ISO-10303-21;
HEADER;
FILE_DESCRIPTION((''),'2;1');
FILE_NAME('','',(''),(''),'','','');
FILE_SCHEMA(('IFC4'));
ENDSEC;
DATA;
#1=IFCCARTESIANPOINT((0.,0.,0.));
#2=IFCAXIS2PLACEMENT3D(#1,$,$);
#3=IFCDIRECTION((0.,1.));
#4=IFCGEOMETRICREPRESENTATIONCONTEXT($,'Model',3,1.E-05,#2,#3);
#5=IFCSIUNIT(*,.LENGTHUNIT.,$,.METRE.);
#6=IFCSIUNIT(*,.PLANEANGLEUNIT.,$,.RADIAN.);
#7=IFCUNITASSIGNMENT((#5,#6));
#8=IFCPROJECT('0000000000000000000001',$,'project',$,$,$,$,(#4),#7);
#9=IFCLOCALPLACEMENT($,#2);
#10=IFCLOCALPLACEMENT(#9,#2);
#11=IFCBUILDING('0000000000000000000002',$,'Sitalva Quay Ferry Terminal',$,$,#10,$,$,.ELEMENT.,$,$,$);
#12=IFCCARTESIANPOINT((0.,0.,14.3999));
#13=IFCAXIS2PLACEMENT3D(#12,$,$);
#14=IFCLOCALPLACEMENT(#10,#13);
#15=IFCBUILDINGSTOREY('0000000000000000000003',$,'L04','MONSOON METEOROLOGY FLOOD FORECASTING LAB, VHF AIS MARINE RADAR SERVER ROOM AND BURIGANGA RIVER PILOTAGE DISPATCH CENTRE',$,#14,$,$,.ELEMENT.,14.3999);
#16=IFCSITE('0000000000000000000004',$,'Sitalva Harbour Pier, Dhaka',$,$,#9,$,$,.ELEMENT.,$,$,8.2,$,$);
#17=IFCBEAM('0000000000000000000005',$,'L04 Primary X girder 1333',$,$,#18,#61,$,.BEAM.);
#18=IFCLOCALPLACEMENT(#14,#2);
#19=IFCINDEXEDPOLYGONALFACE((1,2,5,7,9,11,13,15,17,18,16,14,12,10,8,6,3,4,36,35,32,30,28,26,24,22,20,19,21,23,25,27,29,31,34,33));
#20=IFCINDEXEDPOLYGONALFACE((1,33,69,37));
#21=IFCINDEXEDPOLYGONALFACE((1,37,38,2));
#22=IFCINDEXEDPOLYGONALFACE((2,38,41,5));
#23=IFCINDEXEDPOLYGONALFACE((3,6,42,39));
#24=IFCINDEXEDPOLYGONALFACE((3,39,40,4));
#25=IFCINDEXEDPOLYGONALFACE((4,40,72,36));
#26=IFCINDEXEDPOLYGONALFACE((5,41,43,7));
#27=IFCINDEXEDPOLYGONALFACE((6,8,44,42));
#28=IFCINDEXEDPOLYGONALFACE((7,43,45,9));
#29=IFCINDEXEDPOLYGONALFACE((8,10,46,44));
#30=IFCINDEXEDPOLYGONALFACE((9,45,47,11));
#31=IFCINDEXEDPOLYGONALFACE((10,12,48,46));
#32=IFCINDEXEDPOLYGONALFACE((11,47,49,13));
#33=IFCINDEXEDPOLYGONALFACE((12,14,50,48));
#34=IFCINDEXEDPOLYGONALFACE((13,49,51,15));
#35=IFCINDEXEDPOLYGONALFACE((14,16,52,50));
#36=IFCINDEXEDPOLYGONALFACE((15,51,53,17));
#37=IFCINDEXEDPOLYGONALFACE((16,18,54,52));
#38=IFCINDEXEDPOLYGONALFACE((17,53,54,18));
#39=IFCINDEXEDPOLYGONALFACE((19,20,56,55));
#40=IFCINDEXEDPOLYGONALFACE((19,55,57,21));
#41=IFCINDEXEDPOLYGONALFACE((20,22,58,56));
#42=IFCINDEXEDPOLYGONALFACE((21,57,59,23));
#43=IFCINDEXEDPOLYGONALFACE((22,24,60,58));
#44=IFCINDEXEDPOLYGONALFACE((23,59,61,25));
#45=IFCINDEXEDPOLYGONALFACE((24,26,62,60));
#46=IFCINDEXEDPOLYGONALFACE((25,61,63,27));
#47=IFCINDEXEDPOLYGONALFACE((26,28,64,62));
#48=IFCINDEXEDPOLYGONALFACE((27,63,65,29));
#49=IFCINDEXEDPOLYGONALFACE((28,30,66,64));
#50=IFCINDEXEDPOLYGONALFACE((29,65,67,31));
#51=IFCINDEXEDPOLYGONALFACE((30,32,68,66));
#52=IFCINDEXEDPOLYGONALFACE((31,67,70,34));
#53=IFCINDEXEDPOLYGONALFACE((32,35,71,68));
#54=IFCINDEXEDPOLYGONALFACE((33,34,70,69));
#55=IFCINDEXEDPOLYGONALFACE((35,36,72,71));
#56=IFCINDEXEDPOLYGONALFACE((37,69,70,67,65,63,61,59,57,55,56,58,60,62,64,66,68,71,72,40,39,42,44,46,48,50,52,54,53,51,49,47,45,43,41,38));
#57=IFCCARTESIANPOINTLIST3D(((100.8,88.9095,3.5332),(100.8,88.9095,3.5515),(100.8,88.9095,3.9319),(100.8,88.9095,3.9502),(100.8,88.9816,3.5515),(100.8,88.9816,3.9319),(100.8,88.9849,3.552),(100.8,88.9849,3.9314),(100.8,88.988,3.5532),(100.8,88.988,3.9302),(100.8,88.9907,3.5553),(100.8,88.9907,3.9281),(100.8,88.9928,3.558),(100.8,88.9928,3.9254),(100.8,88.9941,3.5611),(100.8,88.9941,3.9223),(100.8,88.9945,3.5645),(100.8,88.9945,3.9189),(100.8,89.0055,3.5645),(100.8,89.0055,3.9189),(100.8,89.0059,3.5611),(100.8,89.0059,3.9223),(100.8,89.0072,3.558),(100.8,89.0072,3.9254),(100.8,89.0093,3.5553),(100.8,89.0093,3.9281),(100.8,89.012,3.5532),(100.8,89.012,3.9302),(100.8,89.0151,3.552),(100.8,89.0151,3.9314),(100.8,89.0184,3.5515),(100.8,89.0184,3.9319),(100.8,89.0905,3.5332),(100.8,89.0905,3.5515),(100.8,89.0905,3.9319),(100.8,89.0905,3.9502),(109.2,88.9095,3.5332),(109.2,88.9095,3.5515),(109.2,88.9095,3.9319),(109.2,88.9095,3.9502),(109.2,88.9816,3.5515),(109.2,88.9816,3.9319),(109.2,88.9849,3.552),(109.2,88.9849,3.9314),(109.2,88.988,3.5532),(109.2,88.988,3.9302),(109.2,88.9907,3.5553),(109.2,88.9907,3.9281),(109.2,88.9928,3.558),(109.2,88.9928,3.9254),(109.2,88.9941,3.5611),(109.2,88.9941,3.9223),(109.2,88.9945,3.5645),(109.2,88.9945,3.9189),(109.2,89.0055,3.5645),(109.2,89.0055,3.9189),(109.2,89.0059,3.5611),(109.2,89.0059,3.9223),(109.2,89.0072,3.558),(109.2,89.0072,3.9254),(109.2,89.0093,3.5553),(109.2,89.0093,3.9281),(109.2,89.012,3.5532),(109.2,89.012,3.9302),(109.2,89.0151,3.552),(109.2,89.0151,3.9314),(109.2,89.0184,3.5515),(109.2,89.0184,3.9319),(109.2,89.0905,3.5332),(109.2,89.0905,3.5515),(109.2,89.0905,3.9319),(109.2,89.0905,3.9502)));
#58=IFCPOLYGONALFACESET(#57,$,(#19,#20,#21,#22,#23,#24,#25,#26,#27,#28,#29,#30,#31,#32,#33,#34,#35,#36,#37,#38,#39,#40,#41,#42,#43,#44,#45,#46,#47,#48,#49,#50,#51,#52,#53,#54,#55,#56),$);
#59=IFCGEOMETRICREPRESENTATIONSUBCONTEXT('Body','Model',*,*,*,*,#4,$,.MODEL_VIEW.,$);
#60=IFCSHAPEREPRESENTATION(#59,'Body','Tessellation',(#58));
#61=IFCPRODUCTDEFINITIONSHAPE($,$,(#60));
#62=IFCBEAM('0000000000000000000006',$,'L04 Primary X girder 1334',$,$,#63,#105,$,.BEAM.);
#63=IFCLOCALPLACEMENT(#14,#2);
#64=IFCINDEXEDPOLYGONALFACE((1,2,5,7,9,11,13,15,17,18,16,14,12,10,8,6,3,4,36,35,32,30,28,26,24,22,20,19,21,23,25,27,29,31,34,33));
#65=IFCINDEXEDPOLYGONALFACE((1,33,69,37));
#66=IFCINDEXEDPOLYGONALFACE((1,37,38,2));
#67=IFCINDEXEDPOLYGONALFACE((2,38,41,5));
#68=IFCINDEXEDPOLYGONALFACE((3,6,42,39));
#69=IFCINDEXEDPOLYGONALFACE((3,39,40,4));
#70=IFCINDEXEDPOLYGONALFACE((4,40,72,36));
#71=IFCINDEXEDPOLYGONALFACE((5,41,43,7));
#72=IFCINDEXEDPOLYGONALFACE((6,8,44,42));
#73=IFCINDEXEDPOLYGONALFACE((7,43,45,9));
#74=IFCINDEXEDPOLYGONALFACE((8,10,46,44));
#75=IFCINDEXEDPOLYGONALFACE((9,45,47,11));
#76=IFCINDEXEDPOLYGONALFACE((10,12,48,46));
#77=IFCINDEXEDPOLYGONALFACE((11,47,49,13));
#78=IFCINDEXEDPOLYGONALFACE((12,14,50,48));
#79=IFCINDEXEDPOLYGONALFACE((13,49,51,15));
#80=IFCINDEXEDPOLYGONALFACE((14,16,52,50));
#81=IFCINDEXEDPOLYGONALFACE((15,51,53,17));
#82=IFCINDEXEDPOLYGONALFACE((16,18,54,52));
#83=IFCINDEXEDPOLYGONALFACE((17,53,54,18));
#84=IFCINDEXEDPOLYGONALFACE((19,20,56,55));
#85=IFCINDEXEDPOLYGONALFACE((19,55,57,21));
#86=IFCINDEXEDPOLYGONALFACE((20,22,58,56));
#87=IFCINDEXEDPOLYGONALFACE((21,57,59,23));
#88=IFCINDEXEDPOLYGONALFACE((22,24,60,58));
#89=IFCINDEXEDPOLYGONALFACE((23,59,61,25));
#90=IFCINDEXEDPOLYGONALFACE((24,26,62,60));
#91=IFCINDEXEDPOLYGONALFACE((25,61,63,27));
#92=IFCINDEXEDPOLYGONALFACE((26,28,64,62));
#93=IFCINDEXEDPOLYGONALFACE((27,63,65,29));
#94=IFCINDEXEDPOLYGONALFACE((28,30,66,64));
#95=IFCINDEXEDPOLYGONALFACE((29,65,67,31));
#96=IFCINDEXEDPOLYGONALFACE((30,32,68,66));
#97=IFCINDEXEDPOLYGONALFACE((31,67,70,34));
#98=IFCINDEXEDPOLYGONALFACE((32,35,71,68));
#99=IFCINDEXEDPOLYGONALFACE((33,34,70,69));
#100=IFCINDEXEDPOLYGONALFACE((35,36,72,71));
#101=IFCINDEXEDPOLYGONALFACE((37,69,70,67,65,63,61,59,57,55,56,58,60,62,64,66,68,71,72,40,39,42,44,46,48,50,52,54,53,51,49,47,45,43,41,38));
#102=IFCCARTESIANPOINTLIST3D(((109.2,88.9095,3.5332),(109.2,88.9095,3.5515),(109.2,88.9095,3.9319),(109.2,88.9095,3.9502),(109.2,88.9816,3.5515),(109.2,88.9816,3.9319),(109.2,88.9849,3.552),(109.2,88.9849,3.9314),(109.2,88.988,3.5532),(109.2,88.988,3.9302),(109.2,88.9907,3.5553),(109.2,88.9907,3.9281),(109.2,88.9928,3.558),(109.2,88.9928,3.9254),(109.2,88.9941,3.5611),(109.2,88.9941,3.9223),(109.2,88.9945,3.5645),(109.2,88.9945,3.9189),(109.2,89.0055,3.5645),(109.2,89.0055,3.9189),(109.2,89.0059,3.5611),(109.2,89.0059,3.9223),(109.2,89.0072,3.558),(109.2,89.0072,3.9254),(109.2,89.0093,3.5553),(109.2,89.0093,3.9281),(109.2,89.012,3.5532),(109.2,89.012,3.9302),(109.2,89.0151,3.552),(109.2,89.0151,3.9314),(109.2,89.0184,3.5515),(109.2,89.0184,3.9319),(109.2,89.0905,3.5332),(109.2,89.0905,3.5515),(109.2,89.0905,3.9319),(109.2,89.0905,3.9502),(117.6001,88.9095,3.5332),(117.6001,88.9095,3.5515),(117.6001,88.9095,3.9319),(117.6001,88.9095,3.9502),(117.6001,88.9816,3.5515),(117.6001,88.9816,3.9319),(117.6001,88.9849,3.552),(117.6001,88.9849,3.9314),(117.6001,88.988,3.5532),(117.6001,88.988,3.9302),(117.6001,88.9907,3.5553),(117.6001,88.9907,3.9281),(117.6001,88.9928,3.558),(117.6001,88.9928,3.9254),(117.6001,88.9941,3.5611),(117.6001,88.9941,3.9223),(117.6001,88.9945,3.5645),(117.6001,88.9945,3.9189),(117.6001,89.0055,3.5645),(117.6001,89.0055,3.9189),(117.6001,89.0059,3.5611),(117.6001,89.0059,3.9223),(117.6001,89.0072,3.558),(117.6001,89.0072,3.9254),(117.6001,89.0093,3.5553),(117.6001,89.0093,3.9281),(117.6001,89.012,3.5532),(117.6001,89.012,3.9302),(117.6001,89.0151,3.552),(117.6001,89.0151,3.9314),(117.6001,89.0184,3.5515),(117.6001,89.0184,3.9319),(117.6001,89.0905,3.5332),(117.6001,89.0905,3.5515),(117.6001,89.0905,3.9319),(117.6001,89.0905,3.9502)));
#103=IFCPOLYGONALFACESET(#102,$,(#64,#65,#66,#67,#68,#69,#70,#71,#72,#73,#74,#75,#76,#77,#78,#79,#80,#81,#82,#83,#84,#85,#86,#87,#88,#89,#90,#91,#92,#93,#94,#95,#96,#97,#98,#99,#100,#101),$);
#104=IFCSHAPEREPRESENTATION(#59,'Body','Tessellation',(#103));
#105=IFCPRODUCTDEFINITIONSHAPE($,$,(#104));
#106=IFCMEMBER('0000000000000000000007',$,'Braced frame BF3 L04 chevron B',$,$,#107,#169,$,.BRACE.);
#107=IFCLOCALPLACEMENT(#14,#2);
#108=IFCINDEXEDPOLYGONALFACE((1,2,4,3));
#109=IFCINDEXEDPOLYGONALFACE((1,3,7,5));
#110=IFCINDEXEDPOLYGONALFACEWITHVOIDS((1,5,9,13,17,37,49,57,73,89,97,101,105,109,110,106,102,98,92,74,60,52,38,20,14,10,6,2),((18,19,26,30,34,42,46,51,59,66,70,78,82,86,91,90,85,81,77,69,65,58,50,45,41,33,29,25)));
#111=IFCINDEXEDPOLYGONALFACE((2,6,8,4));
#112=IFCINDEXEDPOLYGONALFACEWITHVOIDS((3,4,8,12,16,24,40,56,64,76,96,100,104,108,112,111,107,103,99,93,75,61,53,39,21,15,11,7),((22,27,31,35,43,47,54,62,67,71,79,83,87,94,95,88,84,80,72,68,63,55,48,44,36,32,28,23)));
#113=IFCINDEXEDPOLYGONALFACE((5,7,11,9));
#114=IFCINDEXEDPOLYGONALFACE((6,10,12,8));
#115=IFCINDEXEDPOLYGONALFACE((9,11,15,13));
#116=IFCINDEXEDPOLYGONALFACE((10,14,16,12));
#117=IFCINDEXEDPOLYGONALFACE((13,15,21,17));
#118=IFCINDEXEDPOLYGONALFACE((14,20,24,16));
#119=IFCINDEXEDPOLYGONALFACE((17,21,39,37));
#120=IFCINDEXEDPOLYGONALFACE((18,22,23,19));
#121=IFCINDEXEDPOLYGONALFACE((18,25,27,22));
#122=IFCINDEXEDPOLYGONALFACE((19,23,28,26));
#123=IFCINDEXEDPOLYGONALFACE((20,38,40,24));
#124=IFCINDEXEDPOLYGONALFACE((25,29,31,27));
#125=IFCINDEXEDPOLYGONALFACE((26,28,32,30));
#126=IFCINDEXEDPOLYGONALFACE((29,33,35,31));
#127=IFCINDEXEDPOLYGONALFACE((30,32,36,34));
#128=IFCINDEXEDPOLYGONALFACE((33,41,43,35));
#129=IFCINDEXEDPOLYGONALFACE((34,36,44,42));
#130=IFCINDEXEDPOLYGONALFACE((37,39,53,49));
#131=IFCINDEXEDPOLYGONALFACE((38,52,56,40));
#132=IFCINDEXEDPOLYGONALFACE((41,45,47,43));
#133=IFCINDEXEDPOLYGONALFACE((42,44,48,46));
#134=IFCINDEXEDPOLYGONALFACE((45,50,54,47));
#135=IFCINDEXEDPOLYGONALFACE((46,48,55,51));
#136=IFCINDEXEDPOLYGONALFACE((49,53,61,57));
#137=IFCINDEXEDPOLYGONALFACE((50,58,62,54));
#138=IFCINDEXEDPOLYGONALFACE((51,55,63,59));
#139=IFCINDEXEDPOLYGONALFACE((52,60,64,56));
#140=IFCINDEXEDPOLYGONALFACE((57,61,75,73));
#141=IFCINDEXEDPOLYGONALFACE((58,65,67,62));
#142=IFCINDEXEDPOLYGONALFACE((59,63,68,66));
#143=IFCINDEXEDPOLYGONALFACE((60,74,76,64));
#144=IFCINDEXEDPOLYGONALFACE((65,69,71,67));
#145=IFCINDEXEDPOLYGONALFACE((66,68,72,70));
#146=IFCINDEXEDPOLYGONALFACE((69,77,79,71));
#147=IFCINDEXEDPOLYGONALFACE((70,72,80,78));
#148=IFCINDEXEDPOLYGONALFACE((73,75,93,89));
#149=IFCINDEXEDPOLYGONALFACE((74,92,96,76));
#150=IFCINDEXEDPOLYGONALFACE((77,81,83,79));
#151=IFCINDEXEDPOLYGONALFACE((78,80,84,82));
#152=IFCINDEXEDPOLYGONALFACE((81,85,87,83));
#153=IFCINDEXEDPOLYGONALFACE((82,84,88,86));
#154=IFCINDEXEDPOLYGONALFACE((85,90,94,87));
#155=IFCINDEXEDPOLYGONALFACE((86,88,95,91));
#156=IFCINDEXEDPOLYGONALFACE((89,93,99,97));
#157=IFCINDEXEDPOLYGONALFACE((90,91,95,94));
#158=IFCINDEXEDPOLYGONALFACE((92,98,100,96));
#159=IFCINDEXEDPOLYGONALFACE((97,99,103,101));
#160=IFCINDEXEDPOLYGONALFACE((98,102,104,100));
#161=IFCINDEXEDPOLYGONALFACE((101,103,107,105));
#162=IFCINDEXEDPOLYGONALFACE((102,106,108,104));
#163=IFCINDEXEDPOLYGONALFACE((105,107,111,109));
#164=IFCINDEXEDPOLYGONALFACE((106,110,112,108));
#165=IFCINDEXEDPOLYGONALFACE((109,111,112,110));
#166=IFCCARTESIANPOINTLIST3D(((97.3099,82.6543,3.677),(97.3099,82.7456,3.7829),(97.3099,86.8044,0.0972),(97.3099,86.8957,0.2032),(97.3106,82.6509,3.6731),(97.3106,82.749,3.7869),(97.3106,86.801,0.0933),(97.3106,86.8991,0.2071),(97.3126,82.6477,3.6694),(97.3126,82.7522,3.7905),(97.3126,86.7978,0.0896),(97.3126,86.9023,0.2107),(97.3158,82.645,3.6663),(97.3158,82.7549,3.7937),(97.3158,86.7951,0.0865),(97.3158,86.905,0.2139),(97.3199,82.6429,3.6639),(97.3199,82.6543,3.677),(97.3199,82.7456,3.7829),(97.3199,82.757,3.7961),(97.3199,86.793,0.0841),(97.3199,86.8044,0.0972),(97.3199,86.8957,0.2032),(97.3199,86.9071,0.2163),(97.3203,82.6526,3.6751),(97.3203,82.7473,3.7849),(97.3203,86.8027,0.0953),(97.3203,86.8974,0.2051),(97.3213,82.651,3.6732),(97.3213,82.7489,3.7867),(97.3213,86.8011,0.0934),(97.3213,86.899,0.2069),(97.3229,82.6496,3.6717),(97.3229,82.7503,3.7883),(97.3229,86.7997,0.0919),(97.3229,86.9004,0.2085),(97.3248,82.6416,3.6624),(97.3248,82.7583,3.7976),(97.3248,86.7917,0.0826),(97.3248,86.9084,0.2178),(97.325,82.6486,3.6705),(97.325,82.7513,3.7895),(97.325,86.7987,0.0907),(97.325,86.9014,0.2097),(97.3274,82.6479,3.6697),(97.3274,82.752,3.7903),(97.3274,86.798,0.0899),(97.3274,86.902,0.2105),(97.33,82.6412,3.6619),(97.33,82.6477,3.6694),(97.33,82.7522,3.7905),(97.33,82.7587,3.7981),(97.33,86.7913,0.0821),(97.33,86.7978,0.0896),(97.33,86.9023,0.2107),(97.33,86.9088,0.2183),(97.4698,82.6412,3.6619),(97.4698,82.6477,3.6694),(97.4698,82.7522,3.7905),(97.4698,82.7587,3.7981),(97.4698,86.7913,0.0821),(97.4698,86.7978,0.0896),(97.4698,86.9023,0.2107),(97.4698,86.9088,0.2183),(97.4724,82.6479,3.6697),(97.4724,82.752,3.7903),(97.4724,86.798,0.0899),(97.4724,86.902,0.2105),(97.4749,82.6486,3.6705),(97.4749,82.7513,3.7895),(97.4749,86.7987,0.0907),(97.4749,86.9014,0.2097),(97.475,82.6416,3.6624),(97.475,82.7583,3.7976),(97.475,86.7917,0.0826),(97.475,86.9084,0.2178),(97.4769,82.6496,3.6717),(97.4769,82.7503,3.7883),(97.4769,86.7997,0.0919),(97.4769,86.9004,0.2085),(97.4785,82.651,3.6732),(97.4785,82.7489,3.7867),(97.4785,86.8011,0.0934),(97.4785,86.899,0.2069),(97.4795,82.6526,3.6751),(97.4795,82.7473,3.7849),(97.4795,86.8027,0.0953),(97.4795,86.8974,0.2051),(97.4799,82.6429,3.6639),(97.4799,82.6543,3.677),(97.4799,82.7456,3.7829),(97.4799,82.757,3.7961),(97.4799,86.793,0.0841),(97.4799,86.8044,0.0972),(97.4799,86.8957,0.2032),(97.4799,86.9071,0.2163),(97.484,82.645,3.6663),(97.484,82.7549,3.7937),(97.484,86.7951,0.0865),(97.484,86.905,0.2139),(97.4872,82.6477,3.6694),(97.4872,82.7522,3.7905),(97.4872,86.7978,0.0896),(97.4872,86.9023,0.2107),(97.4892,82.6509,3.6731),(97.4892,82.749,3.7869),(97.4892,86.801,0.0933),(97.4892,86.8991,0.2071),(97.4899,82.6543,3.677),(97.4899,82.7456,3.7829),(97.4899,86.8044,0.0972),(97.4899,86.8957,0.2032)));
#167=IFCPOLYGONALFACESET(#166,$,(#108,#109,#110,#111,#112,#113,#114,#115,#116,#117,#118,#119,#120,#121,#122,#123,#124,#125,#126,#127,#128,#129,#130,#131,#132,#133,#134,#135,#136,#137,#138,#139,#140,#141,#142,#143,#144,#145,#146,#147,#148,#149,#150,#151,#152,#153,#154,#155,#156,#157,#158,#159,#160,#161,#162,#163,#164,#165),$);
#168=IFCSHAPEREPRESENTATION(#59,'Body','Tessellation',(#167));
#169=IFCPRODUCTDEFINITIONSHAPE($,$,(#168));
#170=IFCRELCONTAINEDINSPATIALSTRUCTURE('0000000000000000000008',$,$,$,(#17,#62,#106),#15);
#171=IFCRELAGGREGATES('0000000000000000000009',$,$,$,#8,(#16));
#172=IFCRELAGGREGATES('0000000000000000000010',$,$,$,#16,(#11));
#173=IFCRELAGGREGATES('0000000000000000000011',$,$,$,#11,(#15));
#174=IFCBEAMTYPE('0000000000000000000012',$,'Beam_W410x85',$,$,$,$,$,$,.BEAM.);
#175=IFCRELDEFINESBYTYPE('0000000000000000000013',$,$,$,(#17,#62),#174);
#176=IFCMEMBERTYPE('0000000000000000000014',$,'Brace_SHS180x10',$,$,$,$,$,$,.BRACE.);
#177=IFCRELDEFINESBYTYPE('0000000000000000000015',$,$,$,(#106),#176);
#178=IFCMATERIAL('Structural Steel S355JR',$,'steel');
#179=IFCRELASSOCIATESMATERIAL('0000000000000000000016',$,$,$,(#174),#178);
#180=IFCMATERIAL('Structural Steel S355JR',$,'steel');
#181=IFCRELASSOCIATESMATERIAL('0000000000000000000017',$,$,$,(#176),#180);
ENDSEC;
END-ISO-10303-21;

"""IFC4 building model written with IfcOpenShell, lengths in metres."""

from ifc_helpers import new_model, si_unit, direction, frame, origin, origin_2d, place, context, subcontext, project, spatial, hollow_rectangle, i_section, extrude, material, material_profile, profile_set, type_object, element, save


model = new_model("IFC4")

# Units and contexts
model_context = context("Model", 3, precision=1e-05, world=origin(), true_north=direction((0.0, 1.0)))
body_context = subcontext(model_context, "Body", "Model", "MODEL_VIEW")
ifc_project = project(units=[si_unit("LENGTHUNIT", "METRE"), si_unit("PLANEANGLEUNIT", "RADIAN")], contexts=[model_context])

# Site, building, storey
site_placement = place(None, origin())
site = spatial("IfcSite", under=ifc_project, at=site_placement, Name="Sitalva Harbour Pier, Dhaka", CompositionType="ELEMENT", RefElevation=8.2)
building_placement = place(site_placement, origin())
building = spatial("IfcBuilding", under=site, at=building_placement, Name="Sitalva Quay Ferry Terminal", CompositionType="ELEMENT")
storey_placement = place(building_placement, frame((0.0, 0.0, 14.3999)))
storey = spatial("IfcBuildingStorey", under=building, at=storey_placement, Name="L04", Description="MONSOON METEOROLOGY FLOOD FORECASTING LAB, VHF AIS MARINE RADAR SERVER ROOM AND BURIGANGA RIVER PILOTAGE DISPATCH CENTRE", CompositionType="ELEMENT", Elevation=14.3999)

# Beams
ifc_material_1 = material(Name="Structural Steel S355JR", Category="steel")
ifc_material_profile_1 = material_profile(ifc_material_1, i_section(OverallWidth=0.1809, OverallDepth=0.417, WebThickness=0.011, FlangeThickness=0.0183, FilletRadius=0.0129, at=origin_2d()), Name="W410x85")
ifc_profile_set_1 = profile_set([ifc_material_profile_1], Name="Structural Steel S355JR")
beam_type_1 = type_object("IfcBeamType", Name="Beam_W410x85", PredefinedType="BEAM", material=ifc_profile_set_1)
beam_1_placement = place(storey_placement, frame((100.8, 89.0, 3.7417), z_axis=(1.0, 0.0, 0.0), x_axis=(0.0, 1.0, 0.0)))
element("IfcBeam", 1, at=beam_1_placement, inside=storey, type_object=beam_type_1, Name="L04 Primary X girder 1333", PredefinedType="BEAM", context=body_context, shape_type="SweptSolid", body=[
    extrude(i_section(OverallWidth=0.1809, OverallDepth=0.417, WebThickness=0.011, FlangeThickness=0.0183, FilletRadius=0.0129, at=origin_2d()), origin(), (0.0, 0.0, 1.0), 8.3999),
])
beam_2_placement = place(storey_placement, frame((109.2, 89.0, 3.7417), z_axis=(1.0, 0.0, 0.0), x_axis=(0.0, 1.0, 0.0)))
element("IfcBeam", 2, at=beam_2_placement, inside=storey, type_object=beam_type_1, Name="L04 Primary X girder 1334", PredefinedType="BEAM", context=body_context, shape_type="SweptSolid", body=[
    extrude(i_section(OverallWidth=0.1809, OverallDepth=0.417, WebThickness=0.011, FlangeThickness=0.0183, FilletRadius=0.0129, at=origin_2d()), origin(), (0.0, 0.0, 1.0), 8.4001),
])

# Member
ifc_material_2 = material(Name="Structural Steel S355JR", Category="steel")
ifc_material_profile_2 = material_profile(ifc_material_2, hollow_rectangle(XDim=0.1799, YDim=0.1799, WallThickness=0.01, InnerFilletRadius=0.01, OuterFilletRadius=0.02, at=origin_2d()), Name="SHS180x180x10")
ifc_profile_set_2 = profile_set([ifc_material_profile_2], Name="Structural Steel S355JR")
member_type = type_object("IfcMemberType", Name="Brace_SHS180x10", PredefinedType="BRACE", material=ifc_profile_set_2)
member_placement = place(storey_placement, frame((97.3999, 82.7, 3.73), z_axis=(0.0, 0.757219, -0.653162), x_axis=(-1.0, 0.0, 0.0)))
element("IfcMember", 3, at=member_placement, inside=storey, type_object=member_type, Name="Braced frame BF3 L04 chevron B", PredefinedType="BRACE", context=body_context, shape_type="SweptSolid", body=[
    extrude(hollow_rectangle(XDim=0.1799, YDim=0.1799, WallThickness=0.01, InnerFilletRadius=0.01, OuterFilletRadius=0.02, at=origin_2d()), origin(), (0.0, 0.0, 1.0), 5.4807),
])

save(model, "model.ifc")
